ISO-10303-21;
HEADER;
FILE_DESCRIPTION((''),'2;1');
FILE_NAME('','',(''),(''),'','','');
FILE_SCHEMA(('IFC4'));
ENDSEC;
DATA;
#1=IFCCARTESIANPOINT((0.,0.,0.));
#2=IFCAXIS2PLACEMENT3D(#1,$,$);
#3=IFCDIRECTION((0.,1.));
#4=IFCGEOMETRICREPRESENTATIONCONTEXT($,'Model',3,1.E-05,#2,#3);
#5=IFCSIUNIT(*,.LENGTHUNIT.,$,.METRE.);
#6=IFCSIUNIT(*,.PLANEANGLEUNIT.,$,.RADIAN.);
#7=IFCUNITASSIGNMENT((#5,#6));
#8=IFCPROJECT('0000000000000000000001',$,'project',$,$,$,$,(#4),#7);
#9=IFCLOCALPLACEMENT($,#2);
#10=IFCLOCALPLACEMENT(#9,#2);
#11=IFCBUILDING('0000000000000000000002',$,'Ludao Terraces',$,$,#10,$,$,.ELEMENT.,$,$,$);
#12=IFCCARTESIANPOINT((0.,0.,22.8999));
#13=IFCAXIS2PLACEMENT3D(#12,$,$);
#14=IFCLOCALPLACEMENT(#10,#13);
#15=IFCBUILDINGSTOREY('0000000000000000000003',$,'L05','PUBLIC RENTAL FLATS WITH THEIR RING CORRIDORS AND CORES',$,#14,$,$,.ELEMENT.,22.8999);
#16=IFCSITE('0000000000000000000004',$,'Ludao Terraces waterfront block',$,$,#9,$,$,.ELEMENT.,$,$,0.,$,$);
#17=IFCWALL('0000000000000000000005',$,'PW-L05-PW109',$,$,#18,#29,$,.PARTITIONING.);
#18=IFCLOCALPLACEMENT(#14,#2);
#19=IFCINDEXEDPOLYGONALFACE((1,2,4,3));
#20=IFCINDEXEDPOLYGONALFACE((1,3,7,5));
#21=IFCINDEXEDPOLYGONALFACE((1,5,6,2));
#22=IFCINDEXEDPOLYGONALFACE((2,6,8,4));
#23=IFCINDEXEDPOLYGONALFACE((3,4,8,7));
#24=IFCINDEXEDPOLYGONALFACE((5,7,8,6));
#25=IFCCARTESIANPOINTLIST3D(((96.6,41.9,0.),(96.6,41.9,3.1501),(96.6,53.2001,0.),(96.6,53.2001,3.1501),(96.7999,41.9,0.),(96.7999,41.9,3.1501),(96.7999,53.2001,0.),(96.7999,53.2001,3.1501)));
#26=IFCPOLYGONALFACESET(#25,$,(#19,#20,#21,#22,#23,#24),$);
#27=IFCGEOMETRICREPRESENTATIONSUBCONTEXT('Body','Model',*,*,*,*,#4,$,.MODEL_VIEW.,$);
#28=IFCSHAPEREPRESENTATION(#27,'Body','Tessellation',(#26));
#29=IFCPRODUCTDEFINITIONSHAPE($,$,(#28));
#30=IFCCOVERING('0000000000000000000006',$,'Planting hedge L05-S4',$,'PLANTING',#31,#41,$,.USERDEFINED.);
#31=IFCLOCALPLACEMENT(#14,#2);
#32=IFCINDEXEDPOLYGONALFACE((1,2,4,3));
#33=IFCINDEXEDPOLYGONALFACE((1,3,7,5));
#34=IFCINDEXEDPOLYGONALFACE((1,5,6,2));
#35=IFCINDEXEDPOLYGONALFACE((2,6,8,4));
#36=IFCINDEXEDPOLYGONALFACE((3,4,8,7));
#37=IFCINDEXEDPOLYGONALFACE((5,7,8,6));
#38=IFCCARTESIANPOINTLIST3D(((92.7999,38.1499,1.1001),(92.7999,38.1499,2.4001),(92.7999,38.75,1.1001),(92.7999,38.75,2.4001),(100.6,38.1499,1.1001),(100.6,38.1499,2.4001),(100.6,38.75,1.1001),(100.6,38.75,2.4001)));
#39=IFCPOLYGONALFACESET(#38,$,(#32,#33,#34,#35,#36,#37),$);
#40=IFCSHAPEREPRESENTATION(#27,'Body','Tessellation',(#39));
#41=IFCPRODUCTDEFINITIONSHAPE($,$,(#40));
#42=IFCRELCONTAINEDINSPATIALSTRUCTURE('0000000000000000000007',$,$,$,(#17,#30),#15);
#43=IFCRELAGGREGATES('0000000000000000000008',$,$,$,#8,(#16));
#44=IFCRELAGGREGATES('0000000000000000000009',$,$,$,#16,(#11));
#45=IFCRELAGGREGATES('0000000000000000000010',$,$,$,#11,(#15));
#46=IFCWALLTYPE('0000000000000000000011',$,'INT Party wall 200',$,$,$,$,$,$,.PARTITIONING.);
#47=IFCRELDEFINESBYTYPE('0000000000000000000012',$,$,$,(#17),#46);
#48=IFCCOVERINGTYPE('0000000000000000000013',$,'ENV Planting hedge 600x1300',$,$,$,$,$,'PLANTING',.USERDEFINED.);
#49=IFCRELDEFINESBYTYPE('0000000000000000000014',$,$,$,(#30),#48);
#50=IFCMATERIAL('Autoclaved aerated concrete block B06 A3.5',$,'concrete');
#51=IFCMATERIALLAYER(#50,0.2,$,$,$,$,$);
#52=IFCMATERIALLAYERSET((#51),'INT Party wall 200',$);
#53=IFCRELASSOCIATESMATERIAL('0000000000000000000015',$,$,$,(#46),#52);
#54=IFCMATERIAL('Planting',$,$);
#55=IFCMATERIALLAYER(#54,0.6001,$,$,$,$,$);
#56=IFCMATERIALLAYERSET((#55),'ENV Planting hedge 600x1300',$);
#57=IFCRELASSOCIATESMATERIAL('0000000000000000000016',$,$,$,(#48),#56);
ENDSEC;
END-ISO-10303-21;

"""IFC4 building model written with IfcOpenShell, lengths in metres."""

from ifc_helpers import new_model, si_unit, direction, frame, frame_2d, origin, origin_2d, place, context, subcontext, project, spatial, rectangle, extrude, material, layer, layer_set, type_object, element, save


model = new_model("IFC4")

# Units and contexts
model_context = context("Model", 3, precision=1e-05, world=origin(), true_north=direction((0.0, 1.0)))
body_context = subcontext(model_context, "Body", "Model", "MODEL_VIEW")
ifc_project = project(units=[si_unit("LENGTHUNIT", "METRE"), si_unit("PLANEANGLEUNIT", "RADIAN")], contexts=[model_context])

# Site, building, storey
site_placement = place(None, origin())
site = spatial("IfcSite", under=ifc_project, at=site_placement, Name="Ludao Terraces waterfront block", CompositionType="ELEMENT", RefElevation=0.0)
building_placement = place(site_placement, origin())
building = spatial("IfcBuilding", under=site, at=building_placement, Name="Ludao Terraces", CompositionType="ELEMENT")
storey_placement = place(building_placement, frame((0.0, 0.0, 22.8999)))
storey = spatial("IfcBuildingStorey", under=building, at=storey_placement, Name="L05", Description="PUBLIC RENTAL FLATS WITH THEIR RING CORRIDORS AND CORES", CompositionType="ELEMENT", Elevation=22.8999)

# Wall
ifc_material_1 = material(Name="Autoclaved aerated concrete block B06 A3.5", Category="concrete")
ifc_layer_1 = layer(ifc_material_1, 0.2)
ifc_layer_set_1 = layer_set([ifc_layer_1], Name="INT Party wall 200")
wall_type_1 = type_object("IfcWallType", Name="INT Party wall 200", PredefinedType="PARTITIONING", material=ifc_layer_set_1)
wall_1_placement = place(storey_placement, frame((96.7, 41.9001, 0.0), z_axis=(0.0, 0.0, 1.0), x_axis=(0.0, 1.0, 0.0)))
element("IfcWall", 1, at=wall_1_placement, inside=storey, type_object=wall_type_1, Name="PW-L05-PW109", PredefinedType="PARTITIONING", context=body_context, shape_type="SweptSolid", body=[
    extrude(rectangle(XDim=11.3, YDim=0.2, at=frame_2d((5.6499, 0.0))), origin(), (0.0, 0.0, 1.0), 3.1501),
])

# Covering
ifc_material_2 = material(Name="Planting")
ifc_layer_2 = layer(ifc_material_2, 0.6001)
ifc_layer_set_2 = layer_set([ifc_layer_2], Name="ENV Planting hedge 600x1300")
covering_type = type_object("IfcCoveringType", Name="ENV Planting hedge 600x1300", ElementType="PLANTING", PredefinedType="USERDEFINED", material=ifc_layer_set_2)
covering_placement = place(storey_placement, frame((96.7, 38.45, 1.1001), z_axis=(0.0, 0.0, 1.0), x_axis=(1.0, 0.0, 0.0)))
element("IfcCovering", 2, at=covering_placement, inside=storey, type_object=covering_type, Name="Planting hedge L05-S4", ObjectType="PLANTING", PredefinedType="USERDEFINED", context=body_context, shape_type="SweptSolid", body=[
    extrude(rectangle(XDim=7.8, YDim=0.6001, at=origin_2d()), origin(), (0.0, 0.0, 1.0), 1.3),
])

save(model, "model.ifc")
